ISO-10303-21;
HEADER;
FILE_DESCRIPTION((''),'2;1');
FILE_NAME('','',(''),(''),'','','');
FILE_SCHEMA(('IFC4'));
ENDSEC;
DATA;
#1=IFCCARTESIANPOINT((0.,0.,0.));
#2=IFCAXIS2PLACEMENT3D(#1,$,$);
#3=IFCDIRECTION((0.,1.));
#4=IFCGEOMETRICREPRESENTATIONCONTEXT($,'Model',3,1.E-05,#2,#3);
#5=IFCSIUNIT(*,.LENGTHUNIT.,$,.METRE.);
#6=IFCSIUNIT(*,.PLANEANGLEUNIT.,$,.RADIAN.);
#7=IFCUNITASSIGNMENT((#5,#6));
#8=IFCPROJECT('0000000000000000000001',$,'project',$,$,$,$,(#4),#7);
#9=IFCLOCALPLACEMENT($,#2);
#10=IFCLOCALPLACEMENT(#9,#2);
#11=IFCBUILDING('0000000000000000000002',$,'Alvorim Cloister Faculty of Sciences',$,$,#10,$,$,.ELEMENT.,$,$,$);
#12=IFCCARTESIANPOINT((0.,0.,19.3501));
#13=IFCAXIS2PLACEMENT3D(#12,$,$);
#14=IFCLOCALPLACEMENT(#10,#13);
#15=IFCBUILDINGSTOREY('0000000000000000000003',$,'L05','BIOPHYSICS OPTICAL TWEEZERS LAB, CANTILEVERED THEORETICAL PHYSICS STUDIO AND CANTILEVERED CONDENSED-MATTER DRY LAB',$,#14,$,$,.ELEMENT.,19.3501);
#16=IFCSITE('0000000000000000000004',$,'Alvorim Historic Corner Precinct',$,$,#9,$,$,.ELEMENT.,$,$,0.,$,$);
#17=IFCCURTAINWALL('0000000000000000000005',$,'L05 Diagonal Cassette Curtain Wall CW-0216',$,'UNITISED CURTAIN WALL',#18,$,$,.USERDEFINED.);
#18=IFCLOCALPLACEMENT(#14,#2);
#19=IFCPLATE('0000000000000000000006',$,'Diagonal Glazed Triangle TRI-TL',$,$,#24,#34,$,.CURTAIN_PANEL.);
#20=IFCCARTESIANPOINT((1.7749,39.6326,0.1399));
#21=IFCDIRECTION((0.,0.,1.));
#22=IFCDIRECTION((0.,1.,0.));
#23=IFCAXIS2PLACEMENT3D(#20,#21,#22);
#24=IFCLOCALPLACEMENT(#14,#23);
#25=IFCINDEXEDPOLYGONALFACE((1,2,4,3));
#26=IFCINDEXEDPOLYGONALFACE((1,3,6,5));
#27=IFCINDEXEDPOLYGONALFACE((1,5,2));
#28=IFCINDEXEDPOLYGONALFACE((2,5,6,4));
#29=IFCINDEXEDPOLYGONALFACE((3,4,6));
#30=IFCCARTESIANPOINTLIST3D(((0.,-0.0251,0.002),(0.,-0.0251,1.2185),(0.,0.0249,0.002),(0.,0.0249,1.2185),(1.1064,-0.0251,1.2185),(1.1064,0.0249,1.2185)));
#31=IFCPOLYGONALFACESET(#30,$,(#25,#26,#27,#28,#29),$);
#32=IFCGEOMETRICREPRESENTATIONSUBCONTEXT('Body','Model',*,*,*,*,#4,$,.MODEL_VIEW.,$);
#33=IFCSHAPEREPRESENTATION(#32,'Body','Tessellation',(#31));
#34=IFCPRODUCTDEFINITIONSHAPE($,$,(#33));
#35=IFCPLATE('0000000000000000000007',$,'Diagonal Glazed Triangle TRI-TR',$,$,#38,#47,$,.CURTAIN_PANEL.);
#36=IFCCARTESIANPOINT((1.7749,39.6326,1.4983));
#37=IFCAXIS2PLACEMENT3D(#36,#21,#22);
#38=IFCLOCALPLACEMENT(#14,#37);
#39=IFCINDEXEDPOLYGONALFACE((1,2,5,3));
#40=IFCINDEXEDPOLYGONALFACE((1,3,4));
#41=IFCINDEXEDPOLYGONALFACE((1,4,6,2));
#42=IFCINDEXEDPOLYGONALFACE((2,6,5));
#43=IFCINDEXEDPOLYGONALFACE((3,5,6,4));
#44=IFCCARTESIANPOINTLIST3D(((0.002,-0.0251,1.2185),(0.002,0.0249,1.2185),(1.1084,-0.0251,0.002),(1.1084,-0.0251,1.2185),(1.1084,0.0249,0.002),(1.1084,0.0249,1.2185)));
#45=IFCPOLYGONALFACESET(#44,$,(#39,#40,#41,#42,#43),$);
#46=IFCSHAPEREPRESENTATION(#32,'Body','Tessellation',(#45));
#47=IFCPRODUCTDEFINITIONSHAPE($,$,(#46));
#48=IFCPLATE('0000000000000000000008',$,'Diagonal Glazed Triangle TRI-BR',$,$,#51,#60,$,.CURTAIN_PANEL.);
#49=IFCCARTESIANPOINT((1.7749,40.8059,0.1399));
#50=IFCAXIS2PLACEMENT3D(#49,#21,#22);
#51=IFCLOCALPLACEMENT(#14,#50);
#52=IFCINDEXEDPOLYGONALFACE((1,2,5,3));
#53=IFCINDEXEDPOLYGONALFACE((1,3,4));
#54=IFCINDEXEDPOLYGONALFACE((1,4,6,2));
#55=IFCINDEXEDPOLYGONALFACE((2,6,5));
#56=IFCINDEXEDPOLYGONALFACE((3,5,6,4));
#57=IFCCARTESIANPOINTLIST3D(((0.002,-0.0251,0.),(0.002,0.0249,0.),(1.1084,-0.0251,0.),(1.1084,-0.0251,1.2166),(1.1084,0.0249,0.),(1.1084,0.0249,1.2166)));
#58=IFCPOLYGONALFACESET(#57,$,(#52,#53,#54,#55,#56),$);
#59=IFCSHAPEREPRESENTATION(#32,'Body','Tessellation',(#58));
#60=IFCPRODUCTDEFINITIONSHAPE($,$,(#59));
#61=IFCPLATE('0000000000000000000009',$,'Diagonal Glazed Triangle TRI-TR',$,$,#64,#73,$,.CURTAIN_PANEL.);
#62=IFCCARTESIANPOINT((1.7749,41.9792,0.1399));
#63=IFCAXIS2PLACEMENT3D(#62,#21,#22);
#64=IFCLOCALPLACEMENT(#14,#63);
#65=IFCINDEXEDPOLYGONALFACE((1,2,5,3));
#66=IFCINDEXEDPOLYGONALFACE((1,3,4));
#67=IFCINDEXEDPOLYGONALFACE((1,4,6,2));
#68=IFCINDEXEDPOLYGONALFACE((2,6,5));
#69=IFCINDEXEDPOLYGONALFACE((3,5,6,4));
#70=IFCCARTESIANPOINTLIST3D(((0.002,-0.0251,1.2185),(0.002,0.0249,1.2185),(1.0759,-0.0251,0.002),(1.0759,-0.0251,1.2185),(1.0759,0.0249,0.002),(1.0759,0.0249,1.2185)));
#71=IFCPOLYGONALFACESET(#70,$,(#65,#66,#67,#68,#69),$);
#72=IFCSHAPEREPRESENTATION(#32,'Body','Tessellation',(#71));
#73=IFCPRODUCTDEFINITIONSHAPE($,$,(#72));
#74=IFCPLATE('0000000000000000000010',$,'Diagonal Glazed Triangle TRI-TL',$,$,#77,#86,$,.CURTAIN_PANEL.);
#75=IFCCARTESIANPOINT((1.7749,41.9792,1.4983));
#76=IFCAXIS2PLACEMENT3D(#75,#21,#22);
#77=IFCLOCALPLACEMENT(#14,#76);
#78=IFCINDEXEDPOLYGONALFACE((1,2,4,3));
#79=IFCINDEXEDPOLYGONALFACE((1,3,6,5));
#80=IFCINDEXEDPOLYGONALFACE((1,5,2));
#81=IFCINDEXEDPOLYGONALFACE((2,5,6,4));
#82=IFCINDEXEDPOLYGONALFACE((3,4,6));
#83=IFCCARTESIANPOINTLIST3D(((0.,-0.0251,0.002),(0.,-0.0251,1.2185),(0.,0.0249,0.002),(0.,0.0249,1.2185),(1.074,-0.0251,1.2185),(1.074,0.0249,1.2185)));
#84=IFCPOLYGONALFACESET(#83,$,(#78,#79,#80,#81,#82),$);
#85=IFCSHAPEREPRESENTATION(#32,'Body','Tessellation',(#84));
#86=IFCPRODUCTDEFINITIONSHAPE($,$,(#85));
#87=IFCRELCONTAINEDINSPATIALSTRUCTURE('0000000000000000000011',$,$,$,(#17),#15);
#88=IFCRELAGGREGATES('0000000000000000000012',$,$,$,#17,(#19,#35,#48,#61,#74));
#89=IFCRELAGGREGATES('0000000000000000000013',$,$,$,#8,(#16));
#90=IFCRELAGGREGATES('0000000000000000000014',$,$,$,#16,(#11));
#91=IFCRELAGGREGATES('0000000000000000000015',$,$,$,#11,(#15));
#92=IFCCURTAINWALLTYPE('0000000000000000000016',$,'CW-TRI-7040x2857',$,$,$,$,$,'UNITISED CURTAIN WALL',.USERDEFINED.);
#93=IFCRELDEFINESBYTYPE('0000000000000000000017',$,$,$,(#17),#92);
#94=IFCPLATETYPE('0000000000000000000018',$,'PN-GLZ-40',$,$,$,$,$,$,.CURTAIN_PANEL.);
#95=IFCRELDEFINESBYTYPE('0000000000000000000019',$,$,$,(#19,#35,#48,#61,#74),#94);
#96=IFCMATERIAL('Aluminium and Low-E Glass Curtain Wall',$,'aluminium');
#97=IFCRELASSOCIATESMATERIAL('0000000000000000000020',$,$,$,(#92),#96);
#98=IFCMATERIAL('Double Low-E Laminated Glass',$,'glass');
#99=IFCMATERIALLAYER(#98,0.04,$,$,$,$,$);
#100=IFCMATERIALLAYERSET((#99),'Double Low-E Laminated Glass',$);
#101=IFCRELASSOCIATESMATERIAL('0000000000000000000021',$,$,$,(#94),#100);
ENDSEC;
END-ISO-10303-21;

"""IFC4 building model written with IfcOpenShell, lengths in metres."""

from ifc_helpers import new_model, si_unit, direction, frame, origin, place, context, subcontext, project, spatial, polyline, outline, extrude, material, layer, layer_set, type_object, element, aggregate, save


model = new_model("IFC4")

# Units and contexts
model_context = context("Model", 3, precision=1e-05, world=origin(), true_north=direction((0.0, 1.0)))
body_context = subcontext(model_context, "Body", "Model", "MODEL_VIEW")
ifc_project = project(units=[si_unit("LENGTHUNIT", "METRE"), si_unit("PLANEANGLEUNIT", "RADIAN")], contexts=[model_context])

# Site, building, storey
site_placement = place(None, origin())
site = spatial("IfcSite", under=ifc_project, at=site_placement, Name="Alvorim Historic Corner Precinct", CompositionType="ELEMENT", RefElevation=0.0)
building_placement = place(site_placement, origin())
building = spatial("IfcBuilding", under=site, at=building_placement, Name="Alvorim Cloister Faculty of Sciences", CompositionType="ELEMENT")
storey_placement = place(building_placement, frame((0.0, 0.0, 19.3501)))
storey = spatial("IfcBuildingStorey", under=building, at=storey_placement, Name="L05", Description="BIOPHYSICS OPTICAL TWEEZERS LAB, CANTILEVERED THEORETICAL PHYSICS STUDIO AND CANTILEVERED CONDENSED-MATTER DRY LAB", CompositionType="ELEMENT", Elevation=19.3501)

# Curtain wall, plates
ifc_material_1 = material(Name="Aluminium and Low-E Glass Curtain Wall", Category="aluminium")
curtain_wall_type = type_object("IfcCurtainWallType", Name="CW-TRI-7040x2857", ElementType="UNITISED CURTAIN WALL", PredefinedType="USERDEFINED", material=ifc_material_1)
curtain_wall_placement = place(storey_placement, origin())
curtain_wall = element("IfcCurtainWall", 1, at=curtain_wall_placement, inside=storey, type_object=curtain_wall_type, Name="L05 Diagonal Cassette Curtain Wall CW-0216", ObjectType="UNITISED CURTAIN WALL", PredefinedType="USERDEFINED")
ifc_material_2 = material(Name="Double Low-E Laminated Glass", Category="glass")
ifc_layer_1 = layer(ifc_material_2, 0.04)
ifc_layer_set_1 = layer_set([ifc_layer_1], Name="Double Low-E Laminated Glass")
plate_type = type_object("IfcPlateType", Name="PN-GLZ-40", PredefinedType="CURTAIN_PANEL", material=ifc_layer_set_1)
plate_1_placement = place(storey_placement, frame((1.7749, 39.6326, 0.1399), z_axis=(0.0, 0.0, 1.0), x_axis=(0.0, 1.0, 0.0)))
plate_1 = element("IfcPlate", 2, at=plate_1_placement, type_object=plate_type, Name="Diagonal Glazed Triangle TRI-TL", PredefinedType="CURTAIN_PANEL", context=body_context, shape_type="SweptSolid", body=[
    extrude(outline(polyline([(1.1064, 1.2185), (0.0, 1.2185), (0.0, 0.002), (1.1064, 1.2185)])), frame((0.0, 0.0249, 0.0), z_axis=(0.0, -1.0, 0.0), x_axis=(1.0, 0.0, 0.0)), (0.0, 0.0, 1.0), 0.05),
])
plate_2_placement = place(storey_placement, frame((1.7749, 39.6326, 1.4983), z_axis=(0.0, 0.0, 1.0), x_axis=(0.0, 1.0, 0.0)))
plate_2 = element("IfcPlate", 3, at=plate_2_placement, type_object=plate_type, Name="Diagonal Glazed Triangle TRI-TR", PredefinedType="CURTAIN_PANEL", context=body_context, shape_type="SweptSolid", body=[
    extrude(outline(polyline([(1.1084, 0.002), (1.1084, 1.2185), (0.002, 1.2185), (1.1084, 0.002)])), frame((0.0, 0.0249, 0.0), z_axis=(0.0, -1.0, 0.0), x_axis=(1.0, 0.0, 0.0)), (0.0, 0.0, 1.0), 0.05),
])
plate_3_placement = place(storey_placement, frame((1.7749, 40.8059, 0.1399), z_axis=(0.0, 0.0, 1.0), x_axis=(0.0, 1.0, 0.0)))
plate_3 = element("IfcPlate", 4, at=plate_3_placement, type_object=plate_type, Name="Diagonal Glazed Triangle TRI-BR", PredefinedType="CURTAIN_PANEL", context=body_context, shape_type="SweptSolid", body=[
    extrude(outline(polyline([(0.002, 0.0), (1.1084, 0.0), (1.1084, 1.2166), (0.002, 0.0)])), frame((0.0, 0.0249, 0.0), z_axis=(0.0, -1.0, 0.0), x_axis=(1.0, 0.0, 0.0)), (0.0, 0.0, 1.0), 0.05),
])
plate_4_placement = place(storey_placement, frame((1.7749, 41.9792, 0.1399), z_axis=(0.0, 0.0, 1.0), x_axis=(0.0, 1.0, 0.0)))
plate_4 = element("IfcPlate", 5, at=plate_4_placement, type_object=plate_type, Name="Diagonal Glazed Triangle TRI-TR", PredefinedType="CURTAIN_PANEL", context=body_context, shape_type="SweptSolid", body=[
    extrude(outline(polyline([(1.0759, 0.002), (1.0759, 1.2185), (0.002, 1.2185), (1.0759, 0.002)])), frame((0.0, 0.0249, 0.0), z_axis=(0.0, -1.0, 0.0), x_axis=(1.0, 0.0, 0.0)), (0.0, 0.0, 1.0), 0.05),
])
plate_5_placement = place(storey_placement, frame((1.7749, 41.9792, 1.4983), z_axis=(0.0, 0.0, 1.0), x_axis=(0.0, 1.0, 0.0)))
plate_5 = element("IfcPlate", 6, at=plate_5_placement, type_object=plate_type, Name="Diagonal Glazed Triangle TRI-TL", PredefinedType="CURTAIN_PANEL", context=body_context, shape_type="SweptSolid", body=[
    extrude(outline(polyline([(1.074, 1.2185), (0.0, 1.2185), (0.0, 0.002), (1.074, 1.2185)])), frame((0.0, 0.0249, 0.0), z_axis=(0.0, -1.0, 0.0), x_axis=(1.0, 0.0, 0.0)), (0.0, 0.0, 1.0), 0.05),
])
aggregate(curtain_wall, [plate_1, plate_2, plate_3, plate_4, plate_5])

save(model, "model.ifc")
